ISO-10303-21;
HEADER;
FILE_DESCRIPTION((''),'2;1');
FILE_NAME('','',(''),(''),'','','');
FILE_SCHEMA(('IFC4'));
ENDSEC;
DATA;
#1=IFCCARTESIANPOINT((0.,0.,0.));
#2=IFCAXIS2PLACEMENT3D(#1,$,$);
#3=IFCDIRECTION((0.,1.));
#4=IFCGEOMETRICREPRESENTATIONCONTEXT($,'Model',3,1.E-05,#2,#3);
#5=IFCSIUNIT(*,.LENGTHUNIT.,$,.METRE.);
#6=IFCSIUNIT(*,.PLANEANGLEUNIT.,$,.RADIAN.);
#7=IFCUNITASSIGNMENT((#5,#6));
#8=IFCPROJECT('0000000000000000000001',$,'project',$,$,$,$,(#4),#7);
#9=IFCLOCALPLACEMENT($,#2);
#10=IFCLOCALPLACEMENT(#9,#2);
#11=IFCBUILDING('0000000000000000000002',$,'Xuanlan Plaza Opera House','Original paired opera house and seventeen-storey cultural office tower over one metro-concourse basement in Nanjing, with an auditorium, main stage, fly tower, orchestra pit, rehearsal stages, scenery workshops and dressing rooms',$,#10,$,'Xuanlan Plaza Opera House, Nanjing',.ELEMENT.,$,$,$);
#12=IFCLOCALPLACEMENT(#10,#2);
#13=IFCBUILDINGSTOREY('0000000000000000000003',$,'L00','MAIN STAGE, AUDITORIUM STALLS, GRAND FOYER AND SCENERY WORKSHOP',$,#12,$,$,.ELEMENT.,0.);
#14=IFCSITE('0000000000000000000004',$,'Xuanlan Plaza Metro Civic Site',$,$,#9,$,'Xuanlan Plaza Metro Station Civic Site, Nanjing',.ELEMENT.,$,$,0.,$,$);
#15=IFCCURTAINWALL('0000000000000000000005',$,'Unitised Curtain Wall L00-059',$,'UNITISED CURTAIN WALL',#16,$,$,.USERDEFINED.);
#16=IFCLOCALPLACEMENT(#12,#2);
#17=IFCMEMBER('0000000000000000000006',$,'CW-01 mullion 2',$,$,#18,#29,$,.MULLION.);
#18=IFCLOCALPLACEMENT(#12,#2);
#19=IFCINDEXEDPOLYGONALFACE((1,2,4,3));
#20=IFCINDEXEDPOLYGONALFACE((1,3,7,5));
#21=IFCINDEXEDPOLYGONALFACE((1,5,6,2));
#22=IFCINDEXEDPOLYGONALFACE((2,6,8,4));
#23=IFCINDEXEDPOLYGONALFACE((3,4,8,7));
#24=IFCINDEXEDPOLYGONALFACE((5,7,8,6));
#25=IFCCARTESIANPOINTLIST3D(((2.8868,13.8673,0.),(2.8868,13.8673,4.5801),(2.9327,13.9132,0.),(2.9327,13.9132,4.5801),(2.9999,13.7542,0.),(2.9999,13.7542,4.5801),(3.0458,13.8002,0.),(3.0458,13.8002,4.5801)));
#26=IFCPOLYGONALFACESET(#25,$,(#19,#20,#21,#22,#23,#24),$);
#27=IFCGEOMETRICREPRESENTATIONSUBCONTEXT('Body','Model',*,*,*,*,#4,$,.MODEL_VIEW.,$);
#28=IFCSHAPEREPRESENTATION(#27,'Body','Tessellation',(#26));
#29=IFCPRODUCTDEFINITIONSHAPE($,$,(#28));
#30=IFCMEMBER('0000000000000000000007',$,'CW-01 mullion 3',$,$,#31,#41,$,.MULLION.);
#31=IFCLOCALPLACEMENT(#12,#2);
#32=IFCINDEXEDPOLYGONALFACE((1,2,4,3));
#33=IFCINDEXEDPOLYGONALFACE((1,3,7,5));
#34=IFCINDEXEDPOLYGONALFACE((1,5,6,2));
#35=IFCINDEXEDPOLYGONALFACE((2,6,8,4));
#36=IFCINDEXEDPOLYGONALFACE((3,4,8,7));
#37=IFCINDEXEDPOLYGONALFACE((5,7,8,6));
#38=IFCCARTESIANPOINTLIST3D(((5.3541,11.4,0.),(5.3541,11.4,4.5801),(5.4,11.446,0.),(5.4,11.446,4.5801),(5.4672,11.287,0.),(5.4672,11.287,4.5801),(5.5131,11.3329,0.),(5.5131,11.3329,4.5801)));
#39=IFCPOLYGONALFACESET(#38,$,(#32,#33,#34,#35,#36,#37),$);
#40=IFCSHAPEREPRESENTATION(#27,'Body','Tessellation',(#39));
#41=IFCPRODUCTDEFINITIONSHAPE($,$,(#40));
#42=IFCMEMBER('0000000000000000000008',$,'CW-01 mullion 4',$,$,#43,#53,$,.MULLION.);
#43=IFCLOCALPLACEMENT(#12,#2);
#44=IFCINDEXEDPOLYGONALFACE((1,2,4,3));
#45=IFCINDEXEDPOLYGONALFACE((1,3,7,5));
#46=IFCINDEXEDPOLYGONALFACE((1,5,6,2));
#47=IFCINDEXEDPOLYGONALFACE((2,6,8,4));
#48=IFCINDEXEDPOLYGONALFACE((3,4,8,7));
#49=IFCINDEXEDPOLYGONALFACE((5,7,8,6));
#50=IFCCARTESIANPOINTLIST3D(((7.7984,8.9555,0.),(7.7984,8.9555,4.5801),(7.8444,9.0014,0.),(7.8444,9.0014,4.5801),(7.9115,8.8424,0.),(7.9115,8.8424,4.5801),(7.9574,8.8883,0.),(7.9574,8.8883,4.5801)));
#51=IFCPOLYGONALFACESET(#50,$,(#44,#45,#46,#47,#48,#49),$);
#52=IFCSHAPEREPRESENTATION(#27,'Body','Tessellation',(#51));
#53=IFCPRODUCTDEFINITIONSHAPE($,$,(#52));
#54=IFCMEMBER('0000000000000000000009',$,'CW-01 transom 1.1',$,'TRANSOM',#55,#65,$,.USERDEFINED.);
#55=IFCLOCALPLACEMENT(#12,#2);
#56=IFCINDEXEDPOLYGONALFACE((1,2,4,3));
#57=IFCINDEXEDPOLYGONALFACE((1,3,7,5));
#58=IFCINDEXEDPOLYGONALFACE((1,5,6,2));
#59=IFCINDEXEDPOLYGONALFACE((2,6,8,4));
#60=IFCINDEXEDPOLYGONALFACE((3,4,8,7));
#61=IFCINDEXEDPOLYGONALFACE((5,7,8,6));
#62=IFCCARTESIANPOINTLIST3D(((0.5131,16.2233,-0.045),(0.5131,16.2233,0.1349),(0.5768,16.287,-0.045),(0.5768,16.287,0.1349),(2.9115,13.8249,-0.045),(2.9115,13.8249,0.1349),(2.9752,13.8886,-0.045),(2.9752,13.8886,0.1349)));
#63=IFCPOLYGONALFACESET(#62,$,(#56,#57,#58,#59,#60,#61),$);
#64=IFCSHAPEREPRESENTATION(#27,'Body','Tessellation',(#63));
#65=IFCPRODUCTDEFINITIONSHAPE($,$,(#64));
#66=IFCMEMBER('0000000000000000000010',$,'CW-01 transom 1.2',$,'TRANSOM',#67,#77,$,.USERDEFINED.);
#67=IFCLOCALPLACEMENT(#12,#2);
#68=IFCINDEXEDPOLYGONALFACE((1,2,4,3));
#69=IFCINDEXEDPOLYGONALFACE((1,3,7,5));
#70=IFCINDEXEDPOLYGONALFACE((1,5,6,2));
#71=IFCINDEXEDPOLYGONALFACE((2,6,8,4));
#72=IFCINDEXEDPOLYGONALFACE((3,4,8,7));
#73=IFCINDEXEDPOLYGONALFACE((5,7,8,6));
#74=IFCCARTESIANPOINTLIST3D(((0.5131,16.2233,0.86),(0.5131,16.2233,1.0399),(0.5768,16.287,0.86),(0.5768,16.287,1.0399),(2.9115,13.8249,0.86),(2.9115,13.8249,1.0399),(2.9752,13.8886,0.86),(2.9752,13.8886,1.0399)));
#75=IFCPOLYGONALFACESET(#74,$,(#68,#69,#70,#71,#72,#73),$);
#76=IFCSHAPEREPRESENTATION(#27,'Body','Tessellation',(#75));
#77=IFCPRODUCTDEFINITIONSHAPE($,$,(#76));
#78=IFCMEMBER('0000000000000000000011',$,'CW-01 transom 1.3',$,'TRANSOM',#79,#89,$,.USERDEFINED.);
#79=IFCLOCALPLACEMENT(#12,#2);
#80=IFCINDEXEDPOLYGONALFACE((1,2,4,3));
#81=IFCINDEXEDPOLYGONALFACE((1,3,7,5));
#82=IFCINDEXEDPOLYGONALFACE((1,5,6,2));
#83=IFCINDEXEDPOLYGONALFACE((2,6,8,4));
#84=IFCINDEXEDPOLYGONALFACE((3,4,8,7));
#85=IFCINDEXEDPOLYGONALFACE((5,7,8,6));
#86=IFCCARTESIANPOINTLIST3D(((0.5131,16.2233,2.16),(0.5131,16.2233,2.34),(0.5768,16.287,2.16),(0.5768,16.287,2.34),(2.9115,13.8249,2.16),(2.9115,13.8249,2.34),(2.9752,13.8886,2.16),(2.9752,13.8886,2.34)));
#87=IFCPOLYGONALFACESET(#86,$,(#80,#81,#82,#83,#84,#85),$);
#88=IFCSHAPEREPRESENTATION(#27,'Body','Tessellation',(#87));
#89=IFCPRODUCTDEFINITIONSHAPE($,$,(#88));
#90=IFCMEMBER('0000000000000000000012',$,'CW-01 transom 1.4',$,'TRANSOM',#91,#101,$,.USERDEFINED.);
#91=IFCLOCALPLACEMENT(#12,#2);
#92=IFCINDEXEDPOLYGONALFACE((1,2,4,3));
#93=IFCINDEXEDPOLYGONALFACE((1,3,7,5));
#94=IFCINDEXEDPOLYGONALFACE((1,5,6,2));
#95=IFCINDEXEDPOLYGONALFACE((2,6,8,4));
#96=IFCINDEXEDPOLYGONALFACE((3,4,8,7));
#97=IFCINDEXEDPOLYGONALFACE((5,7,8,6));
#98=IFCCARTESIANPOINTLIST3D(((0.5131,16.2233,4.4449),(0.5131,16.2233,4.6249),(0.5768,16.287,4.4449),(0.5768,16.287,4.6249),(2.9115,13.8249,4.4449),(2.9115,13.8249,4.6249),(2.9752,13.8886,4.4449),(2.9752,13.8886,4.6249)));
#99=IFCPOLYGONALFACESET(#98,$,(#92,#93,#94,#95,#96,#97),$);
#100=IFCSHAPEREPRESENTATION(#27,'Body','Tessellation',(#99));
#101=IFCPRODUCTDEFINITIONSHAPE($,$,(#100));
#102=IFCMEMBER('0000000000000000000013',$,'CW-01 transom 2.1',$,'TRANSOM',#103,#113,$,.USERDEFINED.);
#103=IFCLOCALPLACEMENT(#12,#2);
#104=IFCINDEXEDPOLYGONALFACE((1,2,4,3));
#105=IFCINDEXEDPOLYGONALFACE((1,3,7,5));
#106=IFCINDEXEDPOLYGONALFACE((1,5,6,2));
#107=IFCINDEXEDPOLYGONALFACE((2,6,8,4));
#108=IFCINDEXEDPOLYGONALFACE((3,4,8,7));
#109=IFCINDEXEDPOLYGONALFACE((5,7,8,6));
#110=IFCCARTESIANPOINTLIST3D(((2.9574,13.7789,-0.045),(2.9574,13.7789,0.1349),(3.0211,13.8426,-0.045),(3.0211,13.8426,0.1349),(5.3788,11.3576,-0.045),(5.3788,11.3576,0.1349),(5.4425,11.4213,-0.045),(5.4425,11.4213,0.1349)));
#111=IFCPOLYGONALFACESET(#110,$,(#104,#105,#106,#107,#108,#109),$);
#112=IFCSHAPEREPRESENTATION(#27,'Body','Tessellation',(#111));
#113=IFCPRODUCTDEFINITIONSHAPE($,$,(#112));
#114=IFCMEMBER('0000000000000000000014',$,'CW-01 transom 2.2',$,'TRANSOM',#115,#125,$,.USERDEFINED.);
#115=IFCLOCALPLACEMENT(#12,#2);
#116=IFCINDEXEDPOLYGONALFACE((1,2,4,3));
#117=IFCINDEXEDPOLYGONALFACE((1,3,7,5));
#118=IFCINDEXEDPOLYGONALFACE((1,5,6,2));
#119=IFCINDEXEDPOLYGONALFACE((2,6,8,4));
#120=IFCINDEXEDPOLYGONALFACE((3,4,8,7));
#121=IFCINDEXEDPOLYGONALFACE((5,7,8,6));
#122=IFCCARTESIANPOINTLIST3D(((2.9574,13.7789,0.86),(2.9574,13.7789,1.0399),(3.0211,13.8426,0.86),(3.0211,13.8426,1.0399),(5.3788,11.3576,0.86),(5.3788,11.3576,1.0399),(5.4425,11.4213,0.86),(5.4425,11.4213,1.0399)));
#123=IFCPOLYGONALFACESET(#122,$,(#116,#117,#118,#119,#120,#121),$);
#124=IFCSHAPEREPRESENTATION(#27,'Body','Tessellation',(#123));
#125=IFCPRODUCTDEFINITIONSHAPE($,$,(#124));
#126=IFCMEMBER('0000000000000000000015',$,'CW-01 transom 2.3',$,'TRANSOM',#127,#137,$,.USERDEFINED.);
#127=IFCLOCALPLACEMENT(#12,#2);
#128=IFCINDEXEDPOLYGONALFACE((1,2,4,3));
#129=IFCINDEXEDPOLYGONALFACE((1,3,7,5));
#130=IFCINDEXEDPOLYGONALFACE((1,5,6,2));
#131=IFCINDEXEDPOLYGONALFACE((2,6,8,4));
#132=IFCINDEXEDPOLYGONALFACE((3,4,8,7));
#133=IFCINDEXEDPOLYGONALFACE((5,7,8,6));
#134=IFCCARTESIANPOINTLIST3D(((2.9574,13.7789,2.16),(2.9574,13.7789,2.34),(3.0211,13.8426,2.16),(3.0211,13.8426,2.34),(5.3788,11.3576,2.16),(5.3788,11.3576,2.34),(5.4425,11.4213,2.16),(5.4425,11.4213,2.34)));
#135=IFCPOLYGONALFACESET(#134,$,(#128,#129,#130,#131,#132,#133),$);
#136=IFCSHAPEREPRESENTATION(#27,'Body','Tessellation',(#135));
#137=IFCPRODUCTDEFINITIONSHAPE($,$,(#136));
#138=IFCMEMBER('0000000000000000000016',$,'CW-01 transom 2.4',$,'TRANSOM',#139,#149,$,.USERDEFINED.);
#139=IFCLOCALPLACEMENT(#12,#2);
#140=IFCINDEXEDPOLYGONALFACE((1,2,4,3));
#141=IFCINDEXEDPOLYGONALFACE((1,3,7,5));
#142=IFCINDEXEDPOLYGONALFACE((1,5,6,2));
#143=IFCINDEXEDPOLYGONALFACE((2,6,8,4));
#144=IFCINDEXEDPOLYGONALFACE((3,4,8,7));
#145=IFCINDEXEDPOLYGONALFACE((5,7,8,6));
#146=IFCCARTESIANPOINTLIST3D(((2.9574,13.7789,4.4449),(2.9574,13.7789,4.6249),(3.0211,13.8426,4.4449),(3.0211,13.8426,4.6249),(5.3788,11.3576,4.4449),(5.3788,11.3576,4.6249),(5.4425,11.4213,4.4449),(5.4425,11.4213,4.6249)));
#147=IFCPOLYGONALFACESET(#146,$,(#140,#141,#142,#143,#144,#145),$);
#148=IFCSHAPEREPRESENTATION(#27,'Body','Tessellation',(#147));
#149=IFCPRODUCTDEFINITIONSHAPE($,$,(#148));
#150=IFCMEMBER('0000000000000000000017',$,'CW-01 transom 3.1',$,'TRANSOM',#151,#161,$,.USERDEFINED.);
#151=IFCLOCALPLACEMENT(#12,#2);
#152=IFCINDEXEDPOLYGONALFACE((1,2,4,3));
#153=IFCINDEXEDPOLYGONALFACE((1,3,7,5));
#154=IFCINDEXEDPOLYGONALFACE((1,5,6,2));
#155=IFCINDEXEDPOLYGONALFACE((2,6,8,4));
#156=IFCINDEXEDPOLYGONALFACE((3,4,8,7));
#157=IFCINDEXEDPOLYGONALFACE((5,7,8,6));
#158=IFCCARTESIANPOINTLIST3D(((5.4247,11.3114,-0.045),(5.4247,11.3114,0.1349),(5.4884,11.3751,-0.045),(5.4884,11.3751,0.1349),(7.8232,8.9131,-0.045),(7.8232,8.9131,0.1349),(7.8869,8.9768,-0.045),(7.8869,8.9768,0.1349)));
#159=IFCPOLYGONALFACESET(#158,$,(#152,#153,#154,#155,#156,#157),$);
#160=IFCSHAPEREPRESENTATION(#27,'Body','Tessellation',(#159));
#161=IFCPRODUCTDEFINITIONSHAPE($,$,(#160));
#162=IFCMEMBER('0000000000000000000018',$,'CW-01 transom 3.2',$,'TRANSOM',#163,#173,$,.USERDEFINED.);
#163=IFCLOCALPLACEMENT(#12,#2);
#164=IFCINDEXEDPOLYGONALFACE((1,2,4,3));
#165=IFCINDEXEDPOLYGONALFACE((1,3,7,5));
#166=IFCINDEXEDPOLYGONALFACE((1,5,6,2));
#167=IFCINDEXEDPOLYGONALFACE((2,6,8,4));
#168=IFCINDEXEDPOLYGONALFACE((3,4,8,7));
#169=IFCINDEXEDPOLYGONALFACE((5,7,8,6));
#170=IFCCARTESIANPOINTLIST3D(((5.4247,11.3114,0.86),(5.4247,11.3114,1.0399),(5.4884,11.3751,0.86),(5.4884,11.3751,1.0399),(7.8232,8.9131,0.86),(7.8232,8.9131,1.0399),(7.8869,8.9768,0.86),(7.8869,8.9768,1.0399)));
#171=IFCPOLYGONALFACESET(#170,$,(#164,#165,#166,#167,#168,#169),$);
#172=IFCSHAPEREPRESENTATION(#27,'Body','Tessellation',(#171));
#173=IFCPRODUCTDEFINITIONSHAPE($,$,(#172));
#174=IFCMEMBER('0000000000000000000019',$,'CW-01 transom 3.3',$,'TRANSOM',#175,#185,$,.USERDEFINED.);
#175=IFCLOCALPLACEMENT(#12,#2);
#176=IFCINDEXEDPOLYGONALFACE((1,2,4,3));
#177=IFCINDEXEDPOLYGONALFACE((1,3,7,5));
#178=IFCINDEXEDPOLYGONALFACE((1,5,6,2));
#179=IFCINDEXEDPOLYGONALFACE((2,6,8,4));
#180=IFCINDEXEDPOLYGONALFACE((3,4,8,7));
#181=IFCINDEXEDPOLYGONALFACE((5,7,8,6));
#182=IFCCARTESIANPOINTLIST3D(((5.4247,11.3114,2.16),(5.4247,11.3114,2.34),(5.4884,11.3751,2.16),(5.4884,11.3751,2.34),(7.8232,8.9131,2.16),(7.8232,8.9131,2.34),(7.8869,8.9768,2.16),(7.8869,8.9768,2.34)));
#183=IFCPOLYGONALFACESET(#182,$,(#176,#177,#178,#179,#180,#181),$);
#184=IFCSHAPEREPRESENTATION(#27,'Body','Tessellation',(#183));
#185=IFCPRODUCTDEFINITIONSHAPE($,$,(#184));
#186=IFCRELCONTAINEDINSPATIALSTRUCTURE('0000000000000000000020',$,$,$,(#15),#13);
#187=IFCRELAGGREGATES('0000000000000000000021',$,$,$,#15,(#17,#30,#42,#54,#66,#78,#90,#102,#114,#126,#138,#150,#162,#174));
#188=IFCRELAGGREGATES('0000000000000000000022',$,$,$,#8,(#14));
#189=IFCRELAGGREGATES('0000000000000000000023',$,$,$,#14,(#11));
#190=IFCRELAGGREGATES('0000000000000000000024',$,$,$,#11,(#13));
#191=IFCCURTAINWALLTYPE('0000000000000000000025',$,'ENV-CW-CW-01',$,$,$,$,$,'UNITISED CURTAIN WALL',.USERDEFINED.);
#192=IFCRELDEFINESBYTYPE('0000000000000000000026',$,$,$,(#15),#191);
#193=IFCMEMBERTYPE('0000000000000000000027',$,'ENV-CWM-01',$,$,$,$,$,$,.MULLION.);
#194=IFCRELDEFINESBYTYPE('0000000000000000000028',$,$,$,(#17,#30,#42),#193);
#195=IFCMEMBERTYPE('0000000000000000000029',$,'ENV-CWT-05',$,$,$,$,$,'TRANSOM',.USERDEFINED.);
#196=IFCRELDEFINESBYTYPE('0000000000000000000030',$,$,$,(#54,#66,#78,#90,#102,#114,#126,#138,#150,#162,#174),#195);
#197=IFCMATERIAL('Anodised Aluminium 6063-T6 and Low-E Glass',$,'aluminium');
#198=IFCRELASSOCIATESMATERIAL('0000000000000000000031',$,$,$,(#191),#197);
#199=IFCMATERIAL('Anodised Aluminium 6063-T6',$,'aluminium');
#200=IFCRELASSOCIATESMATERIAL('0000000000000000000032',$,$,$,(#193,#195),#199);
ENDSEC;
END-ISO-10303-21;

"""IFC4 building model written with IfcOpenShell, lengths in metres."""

from ifc_helpers import new_model, si_unit, direction, frame, origin, origin_2d, place, context, subcontext, project, spatial, rectangle, extrude, material, material_profile, profile_set, type_object, element, aggregate, save


model = new_model("IFC4")

# Units and contexts
model_context = context("Model", 3, precision=1e-05, world=origin(), true_north=direction((0.0, 1.0)))
body_context = subcontext(model_context, "Body", "Model", "MODEL_VIEW")
ifc_project = project(units=[si_unit("LENGTHUNIT", "METRE"), si_unit("PLANEANGLEUNIT", "RADIAN")], contexts=[model_context])

# Site, building, storey
site_placement = place(None, origin())
site = spatial("IfcSite", under=ifc_project, at=site_placement, Name="Xuanlan Plaza Metro Civic Site", LongName="Xuanlan Plaza Metro Station Civic Site, Nanjing", CompositionType="ELEMENT", RefElevation=0.0)
building_placement = place(site_placement, origin())
building = spatial("IfcBuilding", under=site, at=building_placement, Name="Xuanlan Plaza Opera House", Description="Original paired opera house and seventeen-storey cultural office tower over one metro-concourse basement in Nanjing, with an auditorium, main stage, fly tower, orchestra pit, rehearsal stages, scenery workshops and dressing rooms", LongName="Xuanlan Plaza Opera House, Nanjing", CompositionType="ELEMENT")
storey_placement = place(building_placement, origin())
storey = spatial("IfcBuildingStorey", under=building, at=storey_placement, Name="L00", Description="MAIN STAGE, AUDITORIUM STALLS, GRAND FOYER AND SCENERY WORKSHOP", CompositionType="ELEMENT", Elevation=0.0)

# Curtain wall, members
ifc_material_1 = material(Name="Anodised Aluminium 6063-T6 and Low-E Glass", Category="aluminium")
curtain_wall_type = type_object("IfcCurtainWallType", Name="ENV-CW-CW-01", ElementType="UNITISED CURTAIN WALL", PredefinedType="USERDEFINED", material=ifc_material_1)
curtain_wall_placement = place(storey_placement, origin())
curtain_wall = element("IfcCurtainWall", 1, at=curtain_wall_placement, inside=storey, type_object=curtain_wall_type, Name="Unitised Curtain Wall L00-059", ObjectType="UNITISED CURTAIN WALL", PredefinedType="USERDEFINED")
ifc_material_2 = material(Name="Anodised Aluminium 6063-T6", Category="aluminium")
ifc_material_profile_1 = material_profile(ifc_material_2, rectangle(XDim=0.0649, YDim=0.1599, at=origin_2d()), Name="ALU-M 65x160")
ifc_profile_set_1 = profile_set([ifc_material_profile_1], Name="Anodised Aluminium 6063-T6")
member_type_1 = type_object("IfcMemberType", Name="ENV-CWM-01", PredefinedType="MULLION", material=ifc_profile_set_1)
member_1_placement = place(storey_placement, frame((2.9663, 13.8337, 0.0), z_axis=(0.0, 0.0, 1.0), x_axis=(0.707107, 0.707107, 0.0)))
member_1 = element("IfcMember", 2, at=member_1_placement, type_object=member_type_1, Name="CW-01 mullion 2", PredefinedType="MULLION", context=body_context, shape_type="SweptSolid", body=[
    extrude(rectangle(XDim=0.0649, YDim=0.1599, at=origin_2d()), origin(), (0.0, 0.0, 1.0), 4.5801),
])
member_2_placement = place(storey_placement, frame((5.4336, 11.3665, 0.0), z_axis=(0.0, 0.0, 1.0), x_axis=(0.707107, 0.707107, 0.0)))
member_2 = element("IfcMember", 3, at=member_2_placement, type_object=member_type_1, Name="CW-01 mullion 3", PredefinedType="MULLION", context=body_context, shape_type="SweptSolid", body=[
    extrude(rectangle(XDim=0.0649, YDim=0.1599, at=origin_2d()), origin(), (0.0, 0.0, 1.0), 4.5801),
])
member_3_placement = place(storey_placement, frame((7.8779, 8.9219, 0.0), z_axis=(0.0, 0.0, 1.0), x_axis=(0.707107, 0.707107, 0.0)))
member_3 = element("IfcMember", 4, at=member_3_placement, type_object=member_type_1, Name="CW-01 mullion 4", PredefinedType="MULLION", context=body_context, shape_type="SweptSolid", body=[
    extrude(rectangle(XDim=0.0649, YDim=0.1599, at=origin_2d()), origin(), (0.0, 0.0, 1.0), 4.5801),
])
ifc_material_profile_2 = material_profile(ifc_material_2, rectangle(XDim=0.0901, YDim=0.1799, at=origin_2d()), Name="ALU-T 90x180")
ifc_profile_set_2 = profile_set([ifc_material_profile_2], Name="Anodised Aluminium 6063-T6")
member_type_2 = type_object("IfcMemberType", Name="ENV-CWT-05", ElementType="TRANSOM", PredefinedType="USERDEFINED", material=ifc_profile_set_2)
member_4_placement = place(storey_placement, frame((0.5449, 16.2551, 0.0449), z_axis=(0.707107, -0.707107, 0.0), x_axis=(0.707107, 0.707107, 0.0)))
member_4 = element("IfcMember", 5, at=member_4_placement, type_object=member_type_2, Name="CW-01 transom 1.1", ObjectType="TRANSOM", PredefinedType="USERDEFINED", context=body_context, shape_type="SweptSolid", body=[
    extrude(rectangle(XDim=0.0901, YDim=0.1799, at=origin_2d()), origin(), (0.0, 0.0, 1.0), 3.3918),
])
member_5_placement = place(storey_placement, frame((0.5449, 16.2551, 0.95), z_axis=(0.707107, -0.707107, 0.0), x_axis=(0.707107, 0.707107, 0.0)))
member_5 = element("IfcMember", 6, at=member_5_placement, type_object=member_type_2, Name="CW-01 transom 1.2", ObjectType="TRANSOM", PredefinedType="USERDEFINED", context=body_context, shape_type="SweptSolid", body=[
    extrude(rectangle(XDim=0.0901, YDim=0.1799, at=origin_2d()), origin(), (0.0, 0.0, 1.0), 3.3918),
])
member_6_placement = place(storey_placement, frame((0.5449, 16.2551, 2.25), z_axis=(0.707107, -0.707107, 0.0), x_axis=(0.707107, 0.707107, 0.0)))
member_6 = element("IfcMember", 7, at=member_6_placement, type_object=member_type_2, Name="CW-01 transom 1.3", ObjectType="TRANSOM", PredefinedType="USERDEFINED", context=body_context, shape_type="SweptSolid", body=[
    extrude(rectangle(XDim=0.0901, YDim=0.1799, at=origin_2d()), origin(), (0.0, 0.0, 1.0), 3.3918),
])
member_7_placement = place(storey_placement, frame((0.5449, 16.2551, 4.5349), z_axis=(0.707107, -0.707107, 0.0), x_axis=(0.707107, 0.707107, 0.0)))
member_7 = element("IfcMember", 8, at=member_7_placement, type_object=member_type_2, Name="CW-01 transom 1.4", ObjectType="TRANSOM", PredefinedType="USERDEFINED", context=body_context, shape_type="SweptSolid", body=[
    extrude(rectangle(XDim=0.0901, YDim=0.1799, at=origin_2d()), origin(), (0.0, 0.0, 1.0), 3.3918),
])
member_8_placement = place(storey_placement, frame((2.9893, 13.8108, 0.0449), z_axis=(0.707107, -0.707107, 0.0), x_axis=(0.707107, 0.707107, 0.0)))
member_8 = element("IfcMember", 9, at=member_8_placement, type_object=member_type_2, Name="CW-01 transom 2.1", ObjectType="TRANSOM", PredefinedType="USERDEFINED", context=body_context, shape_type="SweptSolid", body=[
    extrude(rectangle(XDim=0.0901, YDim=0.1799, at=origin_2d()), origin(), (0.0, 0.0, 1.0), 3.4243),
])
member_9_placement = place(storey_placement, frame((2.9893, 13.8108, 0.95), z_axis=(0.707107, -0.707107, 0.0), x_axis=(0.707107, 0.707107, 0.0)))
member_9 = element("IfcMember", 10, at=member_9_placement, type_object=member_type_2, Name="CW-01 transom 2.2", ObjectType="TRANSOM", PredefinedType="USERDEFINED", context=body_context, shape_type="SweptSolid", body=[
    extrude(rectangle(XDim=0.0901, YDim=0.1799, at=origin_2d()), origin(), (0.0, 0.0, 1.0), 3.4243),
])
member_10_placement = place(storey_placement, frame((2.9893, 13.8108, 2.25), z_axis=(0.707107, -0.707107, 0.0), x_axis=(0.707107, 0.707107, 0.0)))
member_10 = element("IfcMember", 11, at=member_10_placement, type_object=member_type_2, Name="CW-01 transom 2.3", ObjectType="TRANSOM", PredefinedType="USERDEFINED", context=body_context, shape_type="SweptSolid", body=[
    extrude(rectangle(XDim=0.0901, YDim=0.1799, at=origin_2d()), origin(), (0.0, 0.0, 1.0), 3.4243),
])
member_11_placement = place(storey_placement, frame((2.9893, 13.8108, 4.5349), z_axis=(0.707107, -0.707107, 0.0), x_axis=(0.707107, 0.707107, 0.0)))
member_11 = element("IfcMember", 12, at=member_11_placement, type_object=member_type_2, Name="CW-01 transom 2.4", ObjectType="TRANSOM", PredefinedType="USERDEFINED", context=body_context, shape_type="SweptSolid", body=[
    extrude(rectangle(XDim=0.0901, YDim=0.1799, at=origin_2d()), origin(), (0.0, 0.0, 1.0), 3.4243),
])
member_12_placement = place(storey_placement, frame((5.4565, 11.3433, 0.0449), z_axis=(0.707143, -0.707071, 0.0), x_axis=(0.707071, 0.707143, 0.0)))
member_12 = element("IfcMember", 13, at=member_12_placement, type_object=member_type_2, Name="CW-01 transom 3.1", ObjectType="TRANSOM", PredefinedType="USERDEFINED", context=body_context, shape_type="SweptSolid", body=[
    extrude(rectangle(XDim=0.0901, YDim=0.1799, at=origin_2d()), origin(), (0.0, 0.0, 1.0), 3.3918),
])
member_13_placement = place(storey_placement, frame((5.4565, 11.3433, 0.95), z_axis=(0.707143, -0.707071, 0.0), x_axis=(0.707071, 0.707143, 0.0)))
member_13 = element("IfcMember", 14, at=member_13_placement, type_object=member_type_2, Name="CW-01 transom 3.2", ObjectType="TRANSOM", PredefinedType="USERDEFINED", context=body_context, shape_type="SweptSolid", body=[
    extrude(rectangle(XDim=0.0901, YDim=0.1799, at=origin_2d()), origin(), (0.0, 0.0, 1.0), 3.3918),
])
member_14_placement = place(storey_placement, frame((5.4565, 11.3433, 2.25), z_axis=(0.707143, -0.707071, 0.0), x_axis=(0.707071, 0.707143, 0.0)))
member_14 = element("IfcMember", 15, at=member_14_placement, type_object=member_type_2, Name="CW-01 transom 3.3", ObjectType="TRANSOM", PredefinedType="USERDEFINED", context=body_context, shape_type="SweptSolid", body=[
    extrude(rectangle(XDim=0.0901, YDim=0.1799, at=origin_2d()), origin(), (0.0, 0.0, 1.0), 3.3918),
])
aggregate(curtain_wall, [member_1, member_2, member_3, member_4, member_5, member_6, member_7, member_8, member_9, member_10, member_11, member_12, member_13, member_14])

save(model, "model.ifc")
